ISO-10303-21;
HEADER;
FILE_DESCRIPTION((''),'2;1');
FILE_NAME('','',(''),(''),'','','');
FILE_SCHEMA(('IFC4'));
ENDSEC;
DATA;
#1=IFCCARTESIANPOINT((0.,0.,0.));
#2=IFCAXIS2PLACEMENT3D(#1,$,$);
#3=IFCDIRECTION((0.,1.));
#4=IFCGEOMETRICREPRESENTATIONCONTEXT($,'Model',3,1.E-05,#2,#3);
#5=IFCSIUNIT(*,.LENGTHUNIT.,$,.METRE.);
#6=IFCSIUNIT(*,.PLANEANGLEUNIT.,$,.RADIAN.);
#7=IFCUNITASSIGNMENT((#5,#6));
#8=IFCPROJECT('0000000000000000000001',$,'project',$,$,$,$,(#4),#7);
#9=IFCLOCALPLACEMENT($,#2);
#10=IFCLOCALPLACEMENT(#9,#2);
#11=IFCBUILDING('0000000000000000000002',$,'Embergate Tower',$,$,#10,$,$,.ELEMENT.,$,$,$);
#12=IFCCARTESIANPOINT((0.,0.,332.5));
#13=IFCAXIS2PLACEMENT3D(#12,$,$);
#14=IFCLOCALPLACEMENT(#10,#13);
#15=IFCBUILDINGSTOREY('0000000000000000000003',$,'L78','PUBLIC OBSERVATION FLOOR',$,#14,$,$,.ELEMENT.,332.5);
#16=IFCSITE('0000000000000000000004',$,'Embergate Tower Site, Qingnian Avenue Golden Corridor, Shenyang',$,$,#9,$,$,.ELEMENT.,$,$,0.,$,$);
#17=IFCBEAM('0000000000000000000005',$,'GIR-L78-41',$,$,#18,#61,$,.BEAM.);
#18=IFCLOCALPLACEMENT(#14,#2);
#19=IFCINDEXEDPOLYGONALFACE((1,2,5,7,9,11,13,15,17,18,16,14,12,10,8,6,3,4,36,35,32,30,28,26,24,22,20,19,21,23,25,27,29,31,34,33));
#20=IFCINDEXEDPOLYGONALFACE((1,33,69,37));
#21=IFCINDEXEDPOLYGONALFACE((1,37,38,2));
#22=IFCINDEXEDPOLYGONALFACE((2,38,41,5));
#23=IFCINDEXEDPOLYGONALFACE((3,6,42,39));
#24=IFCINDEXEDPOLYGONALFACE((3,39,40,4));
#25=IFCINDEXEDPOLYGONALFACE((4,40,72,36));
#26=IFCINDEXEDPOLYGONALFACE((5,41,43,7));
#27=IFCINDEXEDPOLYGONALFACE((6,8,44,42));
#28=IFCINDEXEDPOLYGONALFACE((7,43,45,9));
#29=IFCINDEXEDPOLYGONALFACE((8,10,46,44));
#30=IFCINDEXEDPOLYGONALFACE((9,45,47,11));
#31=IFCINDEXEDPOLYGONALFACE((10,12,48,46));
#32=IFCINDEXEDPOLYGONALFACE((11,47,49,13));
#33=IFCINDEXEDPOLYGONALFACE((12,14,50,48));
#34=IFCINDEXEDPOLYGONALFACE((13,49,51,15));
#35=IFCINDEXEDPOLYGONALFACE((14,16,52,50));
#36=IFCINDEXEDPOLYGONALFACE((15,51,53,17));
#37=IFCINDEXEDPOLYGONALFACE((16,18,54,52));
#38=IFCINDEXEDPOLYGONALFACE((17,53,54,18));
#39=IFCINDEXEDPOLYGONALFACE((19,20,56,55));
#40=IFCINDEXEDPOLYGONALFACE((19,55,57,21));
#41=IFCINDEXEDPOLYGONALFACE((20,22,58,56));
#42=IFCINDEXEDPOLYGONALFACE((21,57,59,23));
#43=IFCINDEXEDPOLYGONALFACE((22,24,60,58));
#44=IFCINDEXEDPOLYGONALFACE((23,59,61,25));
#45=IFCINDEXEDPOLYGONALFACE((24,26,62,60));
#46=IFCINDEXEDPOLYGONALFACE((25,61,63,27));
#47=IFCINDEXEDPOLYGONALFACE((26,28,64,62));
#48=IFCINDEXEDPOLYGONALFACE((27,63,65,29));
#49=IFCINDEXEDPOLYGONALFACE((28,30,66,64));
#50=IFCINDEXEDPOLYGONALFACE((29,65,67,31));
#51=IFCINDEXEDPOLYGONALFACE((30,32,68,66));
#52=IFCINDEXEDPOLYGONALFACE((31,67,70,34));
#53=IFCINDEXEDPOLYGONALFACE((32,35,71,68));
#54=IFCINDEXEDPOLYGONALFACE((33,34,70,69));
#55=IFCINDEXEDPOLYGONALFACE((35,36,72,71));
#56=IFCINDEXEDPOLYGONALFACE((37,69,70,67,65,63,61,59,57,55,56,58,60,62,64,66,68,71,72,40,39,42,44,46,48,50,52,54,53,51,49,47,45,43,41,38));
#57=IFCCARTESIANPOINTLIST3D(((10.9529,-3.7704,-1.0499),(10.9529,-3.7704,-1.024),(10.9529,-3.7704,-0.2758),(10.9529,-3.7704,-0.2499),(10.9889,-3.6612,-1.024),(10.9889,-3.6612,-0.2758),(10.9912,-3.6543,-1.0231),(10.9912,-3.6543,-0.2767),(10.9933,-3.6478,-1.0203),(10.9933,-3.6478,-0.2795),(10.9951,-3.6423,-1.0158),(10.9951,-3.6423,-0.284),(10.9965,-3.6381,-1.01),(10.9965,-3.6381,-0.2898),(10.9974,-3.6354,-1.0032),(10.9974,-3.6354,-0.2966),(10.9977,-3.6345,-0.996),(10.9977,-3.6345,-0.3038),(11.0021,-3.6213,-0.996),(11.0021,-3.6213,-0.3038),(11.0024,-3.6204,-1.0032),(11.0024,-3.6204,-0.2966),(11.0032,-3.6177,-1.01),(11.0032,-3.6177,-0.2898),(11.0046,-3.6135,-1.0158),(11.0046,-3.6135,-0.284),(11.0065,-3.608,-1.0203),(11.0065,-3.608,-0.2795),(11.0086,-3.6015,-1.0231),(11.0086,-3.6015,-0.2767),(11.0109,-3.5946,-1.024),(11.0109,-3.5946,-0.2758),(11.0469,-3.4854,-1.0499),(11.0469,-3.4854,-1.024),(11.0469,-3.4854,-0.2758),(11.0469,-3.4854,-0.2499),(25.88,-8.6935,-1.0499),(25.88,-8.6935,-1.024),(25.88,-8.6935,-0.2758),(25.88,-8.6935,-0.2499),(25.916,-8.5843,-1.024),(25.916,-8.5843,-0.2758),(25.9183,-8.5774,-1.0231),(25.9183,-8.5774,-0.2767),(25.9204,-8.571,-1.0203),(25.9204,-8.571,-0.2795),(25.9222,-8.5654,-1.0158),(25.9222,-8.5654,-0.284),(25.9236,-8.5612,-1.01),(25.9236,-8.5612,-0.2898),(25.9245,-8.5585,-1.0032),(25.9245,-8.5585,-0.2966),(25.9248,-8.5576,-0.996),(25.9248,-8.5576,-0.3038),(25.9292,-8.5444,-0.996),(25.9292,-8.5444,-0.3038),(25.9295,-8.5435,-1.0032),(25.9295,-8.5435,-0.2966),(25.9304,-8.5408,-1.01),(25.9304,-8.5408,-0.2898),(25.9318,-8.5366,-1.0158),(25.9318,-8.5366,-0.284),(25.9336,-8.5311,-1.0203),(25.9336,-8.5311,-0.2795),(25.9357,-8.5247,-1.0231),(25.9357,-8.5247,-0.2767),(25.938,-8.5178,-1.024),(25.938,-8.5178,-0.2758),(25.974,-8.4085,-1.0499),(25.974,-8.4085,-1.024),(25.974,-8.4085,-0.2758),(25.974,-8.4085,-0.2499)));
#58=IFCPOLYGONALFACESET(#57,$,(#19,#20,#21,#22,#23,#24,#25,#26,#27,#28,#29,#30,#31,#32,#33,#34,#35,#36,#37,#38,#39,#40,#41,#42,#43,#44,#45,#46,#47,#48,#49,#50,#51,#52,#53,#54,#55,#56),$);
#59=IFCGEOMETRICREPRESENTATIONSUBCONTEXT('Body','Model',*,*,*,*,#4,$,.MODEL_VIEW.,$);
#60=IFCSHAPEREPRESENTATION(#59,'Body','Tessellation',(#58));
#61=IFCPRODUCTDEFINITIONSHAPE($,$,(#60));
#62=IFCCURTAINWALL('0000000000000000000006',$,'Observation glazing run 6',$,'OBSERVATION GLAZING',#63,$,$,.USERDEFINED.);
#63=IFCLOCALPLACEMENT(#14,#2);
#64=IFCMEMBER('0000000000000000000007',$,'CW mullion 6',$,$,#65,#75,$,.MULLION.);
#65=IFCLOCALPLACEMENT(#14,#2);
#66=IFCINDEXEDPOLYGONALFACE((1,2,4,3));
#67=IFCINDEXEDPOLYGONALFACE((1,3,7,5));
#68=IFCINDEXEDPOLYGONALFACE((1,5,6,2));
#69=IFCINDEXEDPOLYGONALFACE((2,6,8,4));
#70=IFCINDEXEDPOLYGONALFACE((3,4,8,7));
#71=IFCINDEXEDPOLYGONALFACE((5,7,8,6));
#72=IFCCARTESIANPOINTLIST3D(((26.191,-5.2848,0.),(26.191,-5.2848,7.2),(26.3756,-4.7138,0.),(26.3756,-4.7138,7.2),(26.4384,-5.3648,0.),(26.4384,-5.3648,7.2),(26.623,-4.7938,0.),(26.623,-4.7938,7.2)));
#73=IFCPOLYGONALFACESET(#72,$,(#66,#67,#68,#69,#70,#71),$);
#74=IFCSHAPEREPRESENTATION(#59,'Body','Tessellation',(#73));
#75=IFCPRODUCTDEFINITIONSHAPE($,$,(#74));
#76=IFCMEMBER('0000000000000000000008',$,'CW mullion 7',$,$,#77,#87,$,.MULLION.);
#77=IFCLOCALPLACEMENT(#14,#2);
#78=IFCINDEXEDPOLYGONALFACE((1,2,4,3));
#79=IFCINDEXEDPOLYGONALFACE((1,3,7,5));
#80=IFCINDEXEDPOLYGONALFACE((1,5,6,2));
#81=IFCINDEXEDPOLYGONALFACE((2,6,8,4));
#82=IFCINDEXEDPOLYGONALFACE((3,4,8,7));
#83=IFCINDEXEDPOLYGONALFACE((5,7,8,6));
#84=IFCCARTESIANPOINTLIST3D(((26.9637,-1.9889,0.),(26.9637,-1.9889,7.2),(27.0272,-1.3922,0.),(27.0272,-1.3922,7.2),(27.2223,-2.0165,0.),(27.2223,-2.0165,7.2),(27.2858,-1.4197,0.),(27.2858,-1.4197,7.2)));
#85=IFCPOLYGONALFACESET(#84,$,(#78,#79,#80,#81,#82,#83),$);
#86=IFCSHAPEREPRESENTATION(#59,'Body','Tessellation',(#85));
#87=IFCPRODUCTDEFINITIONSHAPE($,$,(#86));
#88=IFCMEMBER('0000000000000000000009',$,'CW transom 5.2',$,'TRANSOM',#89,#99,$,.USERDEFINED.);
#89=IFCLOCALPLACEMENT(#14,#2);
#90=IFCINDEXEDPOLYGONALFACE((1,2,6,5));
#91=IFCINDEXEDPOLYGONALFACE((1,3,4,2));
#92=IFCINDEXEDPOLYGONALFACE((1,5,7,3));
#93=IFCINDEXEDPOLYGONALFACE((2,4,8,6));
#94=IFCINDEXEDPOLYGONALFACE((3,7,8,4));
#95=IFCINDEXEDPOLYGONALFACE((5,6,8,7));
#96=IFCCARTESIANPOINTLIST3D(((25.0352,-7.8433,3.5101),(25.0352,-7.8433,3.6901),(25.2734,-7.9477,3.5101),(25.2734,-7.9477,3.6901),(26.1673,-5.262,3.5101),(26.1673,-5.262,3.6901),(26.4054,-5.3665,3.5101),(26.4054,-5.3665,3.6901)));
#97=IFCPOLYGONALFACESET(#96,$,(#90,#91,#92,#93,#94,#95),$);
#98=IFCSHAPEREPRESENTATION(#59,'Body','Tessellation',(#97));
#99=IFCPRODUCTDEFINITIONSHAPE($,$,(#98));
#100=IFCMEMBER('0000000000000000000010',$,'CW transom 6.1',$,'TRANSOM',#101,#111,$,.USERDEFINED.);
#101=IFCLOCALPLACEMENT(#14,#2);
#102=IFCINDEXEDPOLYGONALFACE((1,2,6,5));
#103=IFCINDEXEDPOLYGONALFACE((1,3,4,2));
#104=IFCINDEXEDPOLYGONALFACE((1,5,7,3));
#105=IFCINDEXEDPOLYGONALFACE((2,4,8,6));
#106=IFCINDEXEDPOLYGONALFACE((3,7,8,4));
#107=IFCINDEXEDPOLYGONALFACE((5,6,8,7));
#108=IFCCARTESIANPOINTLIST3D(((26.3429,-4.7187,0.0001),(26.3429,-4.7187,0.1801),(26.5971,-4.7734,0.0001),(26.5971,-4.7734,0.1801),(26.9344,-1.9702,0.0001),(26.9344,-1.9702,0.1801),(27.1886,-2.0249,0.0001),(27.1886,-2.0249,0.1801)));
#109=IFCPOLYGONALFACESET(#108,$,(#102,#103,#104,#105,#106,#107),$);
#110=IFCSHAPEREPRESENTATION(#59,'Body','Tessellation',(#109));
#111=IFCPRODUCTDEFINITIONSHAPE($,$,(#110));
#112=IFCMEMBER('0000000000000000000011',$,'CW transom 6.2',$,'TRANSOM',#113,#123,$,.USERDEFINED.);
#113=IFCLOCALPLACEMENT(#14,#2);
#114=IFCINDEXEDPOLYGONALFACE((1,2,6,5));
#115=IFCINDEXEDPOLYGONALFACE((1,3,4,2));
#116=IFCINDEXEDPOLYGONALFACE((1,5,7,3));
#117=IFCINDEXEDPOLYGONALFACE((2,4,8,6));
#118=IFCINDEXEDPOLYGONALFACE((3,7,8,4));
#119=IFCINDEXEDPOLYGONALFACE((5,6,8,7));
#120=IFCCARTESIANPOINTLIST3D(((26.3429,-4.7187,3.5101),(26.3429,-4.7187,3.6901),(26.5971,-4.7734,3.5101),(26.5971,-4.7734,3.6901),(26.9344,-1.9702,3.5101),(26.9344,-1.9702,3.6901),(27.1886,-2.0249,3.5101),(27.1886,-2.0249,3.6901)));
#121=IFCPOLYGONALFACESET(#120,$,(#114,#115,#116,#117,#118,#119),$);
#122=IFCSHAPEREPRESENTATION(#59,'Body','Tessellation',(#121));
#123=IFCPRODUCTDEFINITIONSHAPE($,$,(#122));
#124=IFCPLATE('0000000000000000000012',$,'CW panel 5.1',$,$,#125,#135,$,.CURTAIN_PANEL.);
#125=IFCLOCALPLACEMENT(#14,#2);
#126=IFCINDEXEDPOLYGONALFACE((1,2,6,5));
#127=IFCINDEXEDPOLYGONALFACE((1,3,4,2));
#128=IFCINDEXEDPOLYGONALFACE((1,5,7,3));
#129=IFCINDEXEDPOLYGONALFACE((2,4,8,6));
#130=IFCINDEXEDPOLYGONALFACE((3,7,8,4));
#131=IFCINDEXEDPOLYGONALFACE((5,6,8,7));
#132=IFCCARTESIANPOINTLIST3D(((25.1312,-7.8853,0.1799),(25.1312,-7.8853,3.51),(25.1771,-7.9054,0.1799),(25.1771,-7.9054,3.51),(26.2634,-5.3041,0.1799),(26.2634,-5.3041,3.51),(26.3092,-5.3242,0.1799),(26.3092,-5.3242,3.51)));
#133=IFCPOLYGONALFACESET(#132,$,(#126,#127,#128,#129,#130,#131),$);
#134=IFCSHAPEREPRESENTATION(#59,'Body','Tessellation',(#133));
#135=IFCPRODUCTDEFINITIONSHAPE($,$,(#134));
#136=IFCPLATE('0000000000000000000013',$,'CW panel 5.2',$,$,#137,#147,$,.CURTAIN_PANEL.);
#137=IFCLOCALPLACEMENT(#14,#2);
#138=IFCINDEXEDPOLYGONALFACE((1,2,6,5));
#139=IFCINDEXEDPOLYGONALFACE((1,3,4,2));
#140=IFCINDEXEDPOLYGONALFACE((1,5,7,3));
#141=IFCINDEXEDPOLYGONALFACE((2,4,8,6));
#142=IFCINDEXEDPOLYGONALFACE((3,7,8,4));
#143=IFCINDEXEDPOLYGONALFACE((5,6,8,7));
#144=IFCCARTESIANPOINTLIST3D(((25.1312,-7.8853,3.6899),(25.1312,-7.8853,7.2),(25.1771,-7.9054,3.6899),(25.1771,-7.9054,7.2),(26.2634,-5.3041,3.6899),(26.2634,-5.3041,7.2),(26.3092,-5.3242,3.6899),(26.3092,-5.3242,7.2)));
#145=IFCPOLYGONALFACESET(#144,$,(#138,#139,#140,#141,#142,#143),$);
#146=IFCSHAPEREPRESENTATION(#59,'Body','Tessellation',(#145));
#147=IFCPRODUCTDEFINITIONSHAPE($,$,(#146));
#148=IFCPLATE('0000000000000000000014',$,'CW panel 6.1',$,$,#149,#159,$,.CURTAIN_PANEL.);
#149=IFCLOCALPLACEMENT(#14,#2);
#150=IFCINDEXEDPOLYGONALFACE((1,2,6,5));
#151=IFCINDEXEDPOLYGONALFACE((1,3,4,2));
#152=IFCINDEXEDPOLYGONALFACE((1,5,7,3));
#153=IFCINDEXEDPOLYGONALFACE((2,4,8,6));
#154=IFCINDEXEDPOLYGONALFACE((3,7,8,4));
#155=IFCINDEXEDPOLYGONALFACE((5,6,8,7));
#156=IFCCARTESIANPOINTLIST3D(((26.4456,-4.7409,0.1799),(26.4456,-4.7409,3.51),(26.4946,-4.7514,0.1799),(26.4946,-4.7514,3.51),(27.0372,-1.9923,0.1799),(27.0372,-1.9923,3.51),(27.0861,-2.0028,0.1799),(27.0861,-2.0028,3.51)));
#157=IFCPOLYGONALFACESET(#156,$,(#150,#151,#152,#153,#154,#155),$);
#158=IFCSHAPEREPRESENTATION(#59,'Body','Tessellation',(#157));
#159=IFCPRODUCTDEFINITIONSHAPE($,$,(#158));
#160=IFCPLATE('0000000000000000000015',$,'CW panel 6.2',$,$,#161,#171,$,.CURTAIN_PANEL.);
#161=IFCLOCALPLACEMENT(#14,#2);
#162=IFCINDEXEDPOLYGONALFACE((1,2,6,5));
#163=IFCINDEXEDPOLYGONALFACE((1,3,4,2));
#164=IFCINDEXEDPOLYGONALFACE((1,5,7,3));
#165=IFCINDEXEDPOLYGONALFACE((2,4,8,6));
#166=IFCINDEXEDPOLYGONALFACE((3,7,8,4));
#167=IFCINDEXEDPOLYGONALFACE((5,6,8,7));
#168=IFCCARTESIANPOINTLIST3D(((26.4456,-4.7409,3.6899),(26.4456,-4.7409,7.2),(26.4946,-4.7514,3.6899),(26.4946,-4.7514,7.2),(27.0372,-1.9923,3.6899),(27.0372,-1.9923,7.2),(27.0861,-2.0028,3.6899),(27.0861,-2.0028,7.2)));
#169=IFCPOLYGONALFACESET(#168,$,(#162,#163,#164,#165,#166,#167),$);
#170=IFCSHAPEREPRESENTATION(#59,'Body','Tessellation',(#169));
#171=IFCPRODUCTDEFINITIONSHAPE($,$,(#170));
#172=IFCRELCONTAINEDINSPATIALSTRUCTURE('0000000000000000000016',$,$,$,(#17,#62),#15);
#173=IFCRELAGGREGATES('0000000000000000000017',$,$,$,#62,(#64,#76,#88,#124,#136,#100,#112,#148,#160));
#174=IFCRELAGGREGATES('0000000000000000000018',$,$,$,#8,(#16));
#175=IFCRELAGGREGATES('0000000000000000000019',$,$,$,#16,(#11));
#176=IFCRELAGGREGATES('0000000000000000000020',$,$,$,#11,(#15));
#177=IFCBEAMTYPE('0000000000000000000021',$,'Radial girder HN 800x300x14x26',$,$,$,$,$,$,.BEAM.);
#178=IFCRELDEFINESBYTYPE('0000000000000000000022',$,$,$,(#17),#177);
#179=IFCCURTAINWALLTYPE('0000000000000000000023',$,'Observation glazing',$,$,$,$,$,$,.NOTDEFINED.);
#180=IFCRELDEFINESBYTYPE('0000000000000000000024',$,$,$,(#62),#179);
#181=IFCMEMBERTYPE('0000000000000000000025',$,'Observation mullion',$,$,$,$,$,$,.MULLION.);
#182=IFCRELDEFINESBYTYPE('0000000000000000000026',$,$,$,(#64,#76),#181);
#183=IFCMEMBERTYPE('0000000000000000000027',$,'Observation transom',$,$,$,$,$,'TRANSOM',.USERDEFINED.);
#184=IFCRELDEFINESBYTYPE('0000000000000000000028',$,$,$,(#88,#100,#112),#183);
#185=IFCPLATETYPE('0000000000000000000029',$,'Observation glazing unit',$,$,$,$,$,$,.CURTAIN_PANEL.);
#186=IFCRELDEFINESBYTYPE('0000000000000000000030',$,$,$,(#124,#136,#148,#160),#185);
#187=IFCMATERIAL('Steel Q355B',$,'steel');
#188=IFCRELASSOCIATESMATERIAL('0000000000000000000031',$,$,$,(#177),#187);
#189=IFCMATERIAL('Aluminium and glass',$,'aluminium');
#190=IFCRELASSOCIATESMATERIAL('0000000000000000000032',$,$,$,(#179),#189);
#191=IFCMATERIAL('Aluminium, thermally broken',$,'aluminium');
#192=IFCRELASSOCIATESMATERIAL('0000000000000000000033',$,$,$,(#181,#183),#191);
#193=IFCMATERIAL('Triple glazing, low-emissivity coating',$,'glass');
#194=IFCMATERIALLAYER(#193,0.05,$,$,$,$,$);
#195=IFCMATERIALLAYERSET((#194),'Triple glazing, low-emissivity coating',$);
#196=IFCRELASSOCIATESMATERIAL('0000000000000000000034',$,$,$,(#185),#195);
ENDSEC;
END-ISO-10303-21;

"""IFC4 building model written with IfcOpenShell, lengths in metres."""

from ifc_helpers import new_model, si_unit, direction, frame, origin, origin_2d, place, context, subcontext, project, spatial, rectangle, i_section, extrude, source, transform, mapped, material, layer, layer_set, material_profile, profile_set, type_object, element, aggregate, save


model = new_model("IFC4")

# Units and contexts
model_context = context("Model", 3, precision=1e-05, world=origin(), true_north=direction((0.0, 1.0)))
body_context = subcontext(model_context, "Body", "Model", "MODEL_VIEW")
ifc_project = project(units=[si_unit("LENGTHUNIT", "METRE"), si_unit("PLANEANGLEUNIT", "RADIAN")], contexts=[model_context])

# Site, building, storey
site_placement = place(None, origin())
site = spatial("IfcSite", under=ifc_project, at=site_placement, Name="Embergate Tower Site, Qingnian Avenue Golden Corridor, Shenyang", CompositionType="ELEMENT", RefElevation=0.0)
building_placement = place(site_placement, origin())
building = spatial("IfcBuilding", under=site, at=building_placement, Name="Embergate Tower", CompositionType="ELEMENT")
storey_placement = place(building_placement, frame((0.0, 0.0, 332.5)))
storey = spatial("IfcBuildingStorey", under=building, at=storey_placement, Name="L78", Description="PUBLIC OBSERVATION FLOOR", CompositionType="ELEMENT", Elevation=332.5)

# Beam
ifc_material_1 = material(Name="Steel Q355B", Category="steel")
ifc_material_profile_1 = material_profile(ifc_material_1, i_section(OverallWidth=0.3, OverallDepth=0.8, WebThickness=0.0139, FlangeThickness=0.0259, FilletRadius=0.0281, at=origin_2d()), Name="HN 800x300x14x26")
ifc_profile_set_1 = profile_set([ifc_material_profile_1], Name="Steel Q355 grade B")
beam_type_1 = type_object("IfcBeamType", Name="Radial girder HN 800x300x14x26", PredefinedType="BEAM", material=ifc_profile_set_1)
shared_shape_1 = source(origin(), body_context, "Body", "SweptSolid", [
    extrude(i_section(OverallWidth=0.3, OverallDepth=0.8, WebThickness=0.0139, FlangeThickness=0.0259, FilletRadius=0.0281, at=origin_2d()), origin(), (0.0, 0.0, 1.0), 15.718),
])
beam_1_placement = place(storey_placement, frame((25.927, -8.551, -0.6499), z_axis=(-0.949682, 0.313216, 0.0), x_axis=(-0.313216, -0.949682, 0.0)))
element("IfcBeam", 1, at=beam_1_placement, inside=storey, type_object=beam_type_1, Name="GIR-L78-41", PredefinedType="BEAM", context=body_context, shape_type="MappedRepresentation", body=[
    mapped(shared_shape_1, transform((0.0, 0.0, 0.0))),
])

# Curtain wall, members, plates
ifc_material_2 = material(Name="Aluminium and glass", Category="aluminium")
curtain_wall_type = type_object("IfcCurtainWallType", Name="Observation glazing", PredefinedType="NOTDEFINED", material=ifc_material_2)
curtain_wall_placement = place(storey_placement, origin())
curtain_wall = element("IfcCurtainWall", 2, at=curtain_wall_placement, inside=storey, type_object=curtain_wall_type, Name="Observation glazing run 6", ObjectType="OBSERVATION GLAZING", PredefinedType="USERDEFINED")
ifc_material_3 = material(Name="Aluminium, thermally broken", Category="aluminium")
ifc_material_profile_2 = material_profile(ifc_material_3, rectangle(XDim=0.26, YDim=0.6001, at=origin_2d()), Name="AL 600x260")
ifc_profile_set_2 = profile_set([ifc_material_profile_2], Name="Aluminium, thermally broken")
member_type_1 = type_object("IfcMemberType", Name="Observation mullion", PredefinedType="MULLION", material=ifc_profile_set_2)
shared_shape_2 = source(origin(), body_context, "Body", "SweptSolid", [
    extrude(rectangle(XDim=0.26, YDim=0.6001, at=origin_2d()), origin(), (0.0, 0.0, 1.0), 7.2),
])
member_1_placement = place(storey_placement, frame((26.407, -5.0393, 0.0), z_axis=(0.0, 0.0, 1.0), x_axis=(-0.951485, 0.307695, 0.0)))
member_1 = element("IfcMember", 3, at=member_1_placement, type_object=member_type_1, Name="CW mullion 6", PredefinedType="MULLION", context=body_context, shape_type="MappedRepresentation", body=[
    mapped(shared_shape_2, transform((0.0, 0.0, 0.0))),
])
member_2_placement = place(storey_placement, frame((27.1248, -1.7043, 0.0), z_axis=(0.0, 0.0, 1.0), x_axis=(-0.994383, 0.105841, 0.0)))
member_2 = element("IfcMember", 4, at=member_2_placement, type_object=member_type_1, Name="CW mullion 7", PredefinedType="MULLION", context=body_context, shape_type="MappedRepresentation", body=[
    mapped(shared_shape_2, transform((0.0, 0.0, 0.0))),
])
ifc_material_profile_3 = material_profile(ifc_material_3, rectangle(XDim=0.26, YDim=0.1799, at=origin_2d()), Name="AL 180x260")
ifc_profile_set_3 = profile_set([ifc_material_profile_3], Name="Aluminium, thermally broken")
member_type_2 = type_object("IfcMemberType", Name="Observation transom", ElementType="TRANSOM", PredefinedType="USERDEFINED", material=ifc_profile_set_3)
shared_shape_3 = source(origin(), body_context, "Body", "SweptSolid", [
    extrude(rectangle(XDim=0.26, YDim=0.1799, at=origin_2d()), origin(), (0.0, 0.0, 1.0), 2.8186),
])
member_3_placement = place(storey_placement, frame((25.1543, -7.8955, 3.6001), z_axis=(0.401641, 0.915797, 0.0), x_axis=(-0.915797, 0.401641, 0.0)))
member_3 = element("IfcMember", 5, at=member_3_placement, type_object=member_type_2, Name="CW transom 5.2", ObjectType="TRANSOM", PredefinedType="USERDEFINED", context=body_context, shape_type="MappedRepresentation", body=[
    mapped(shared_shape_3, transform((0.0, 0.0, 0.0))),
])
shared_shape_4 = source(origin(), body_context, "Body", "SweptSolid", [
    extrude(rectangle(XDim=0.26, YDim=0.1799, at=origin_2d()), origin(), (0.0, 0.0, 1.0), 2.8115),
])
member_4_placement = place(storey_placement, frame((26.47, -4.7461, 0.0901), z_axis=(0.210407, 0.977614, 0.0), x_axis=(-0.977614, 0.210407, 0.0)))
member_4 = element("IfcMember", 6, at=member_4_placement, type_object=member_type_2, Name="CW transom 6.1", ObjectType="TRANSOM", PredefinedType="USERDEFINED", context=body_context, shape_type="MappedRepresentation", body=[
    mapped(shared_shape_4, transform((0.0, 0.0, 0.0))),
])
member_5_placement = place(storey_placement, frame((26.47, -4.7461, 3.6001), z_axis=(0.210407, 0.977614, 0.0), x_axis=(-0.977614, 0.210407, 0.0)))
member_5 = element("IfcMember", 7, at=member_5_placement, type_object=member_type_2, Name="CW transom 6.2", ObjectType="TRANSOM", PredefinedType="USERDEFINED", context=body_context, shape_type="MappedRepresentation", body=[
    mapped(shared_shape_4, transform((0.0, 0.0, 0.0))),
])
ifc_material_4 = material(Name="Triple glazing, low-emissivity coating", Category="glass")
ifc_layer_1 = layer(ifc_material_4, 0.05)
ifc_layer_set_1 = layer_set([ifc_layer_1], Name="Triple glazing, low-emissivity coating")
plate_type = type_object("IfcPlateType", Name="Observation glazing unit", PredefinedType="CURTAIN_PANEL", material=ifc_layer_set_1)
shared_shape_5 = source(origin(), body_context, "Body", "SweptSolid", [
    extrude(rectangle(XDim=2.8186, YDim=0.05, at=origin_2d()), origin(), (0.0, 0.0, 1.0), 3.3301),
])
plate_1_placement = place(storey_placement, frame((25.7202, -6.6047, 0.1799), z_axis=(0.0, 0.0, 1.0), x_axis=(0.401665, 0.915787, 0.0)))
plate_1 = element("IfcPlate", 8, at=plate_1_placement, type_object=plate_type, Name="CW panel 5.1", PredefinedType="CURTAIN_PANEL", context=body_context, shape_type="MappedRepresentation", body=[
    mapped(shared_shape_5, transform((0.0, 0.0, 0.0))),
])
shared_shape_6 = source(origin(), body_context, "Body", "SweptSolid", [
    extrude(rectangle(XDim=2.8186, YDim=0.05, at=origin_2d()), origin(), (0.0, 0.0, 1.0), 3.51),
])
plate_2_placement = place(storey_placement, frame((25.7202, -6.6047, 3.6899), z_axis=(0.0, 0.0, 1.0), x_axis=(0.401665, 0.915787, 0.0)))
plate_2 = element("IfcPlate", 9, at=plate_2_placement, type_object=plate_type, Name="CW panel 5.2", PredefinedType="CURTAIN_PANEL", context=body_context, shape_type="MappedRepresentation", body=[
    mapped(shared_shape_6, transform((0.0, 0.0, 0.0))),
])
shared_shape_7 = source(origin(), body_context, "Body", "SweptSolid", [
    extrude(rectangle(XDim=2.8115, YDim=0.05, at=origin_2d()), origin(), (0.0, 0.0, 1.0), 3.3301),
])
plate_3_placement = place(storey_placement, frame((26.7659, -3.3718, 0.1799), z_axis=(0.0, 0.0, 1.0), x_axis=(0.210407, 0.977614, 0.0)))
plate_3 = element("IfcPlate", 10, at=plate_3_placement, type_object=plate_type, Name="CW panel 6.1", PredefinedType="CURTAIN_PANEL", context=body_context, shape_type="MappedRepresentation", body=[
    mapped(shared_shape_7, transform((0.0, 0.0, 0.0))),
])
shared_shape_8 = source(origin(), body_context, "Body", "SweptSolid", [
    extrude(rectangle(XDim=2.8115, YDim=0.05, at=origin_2d()), origin(), (0.0, 0.0, 1.0), 3.51),
])
plate_4_placement = place(storey_placement, frame((26.7659, -3.3718, 3.6899), z_axis=(0.0, 0.0, 1.0), x_axis=(0.210407, 0.977614, 0.0)))
plate_4 = element("IfcPlate", 11, at=plate_4_placement, type_object=plate_type, Name="CW panel 6.2", PredefinedType="CURTAIN_PANEL", context=body_context, shape_type="MappedRepresentation", body=[
    mapped(shared_shape_8, transform((0.0, 0.0, 0.0))),
])
aggregate(curtain_wall, [member_1, member_2, member_3, plate_1, plate_2, member_4, member_5, plate_3, plate_4])

save(model, "model.ifc")
